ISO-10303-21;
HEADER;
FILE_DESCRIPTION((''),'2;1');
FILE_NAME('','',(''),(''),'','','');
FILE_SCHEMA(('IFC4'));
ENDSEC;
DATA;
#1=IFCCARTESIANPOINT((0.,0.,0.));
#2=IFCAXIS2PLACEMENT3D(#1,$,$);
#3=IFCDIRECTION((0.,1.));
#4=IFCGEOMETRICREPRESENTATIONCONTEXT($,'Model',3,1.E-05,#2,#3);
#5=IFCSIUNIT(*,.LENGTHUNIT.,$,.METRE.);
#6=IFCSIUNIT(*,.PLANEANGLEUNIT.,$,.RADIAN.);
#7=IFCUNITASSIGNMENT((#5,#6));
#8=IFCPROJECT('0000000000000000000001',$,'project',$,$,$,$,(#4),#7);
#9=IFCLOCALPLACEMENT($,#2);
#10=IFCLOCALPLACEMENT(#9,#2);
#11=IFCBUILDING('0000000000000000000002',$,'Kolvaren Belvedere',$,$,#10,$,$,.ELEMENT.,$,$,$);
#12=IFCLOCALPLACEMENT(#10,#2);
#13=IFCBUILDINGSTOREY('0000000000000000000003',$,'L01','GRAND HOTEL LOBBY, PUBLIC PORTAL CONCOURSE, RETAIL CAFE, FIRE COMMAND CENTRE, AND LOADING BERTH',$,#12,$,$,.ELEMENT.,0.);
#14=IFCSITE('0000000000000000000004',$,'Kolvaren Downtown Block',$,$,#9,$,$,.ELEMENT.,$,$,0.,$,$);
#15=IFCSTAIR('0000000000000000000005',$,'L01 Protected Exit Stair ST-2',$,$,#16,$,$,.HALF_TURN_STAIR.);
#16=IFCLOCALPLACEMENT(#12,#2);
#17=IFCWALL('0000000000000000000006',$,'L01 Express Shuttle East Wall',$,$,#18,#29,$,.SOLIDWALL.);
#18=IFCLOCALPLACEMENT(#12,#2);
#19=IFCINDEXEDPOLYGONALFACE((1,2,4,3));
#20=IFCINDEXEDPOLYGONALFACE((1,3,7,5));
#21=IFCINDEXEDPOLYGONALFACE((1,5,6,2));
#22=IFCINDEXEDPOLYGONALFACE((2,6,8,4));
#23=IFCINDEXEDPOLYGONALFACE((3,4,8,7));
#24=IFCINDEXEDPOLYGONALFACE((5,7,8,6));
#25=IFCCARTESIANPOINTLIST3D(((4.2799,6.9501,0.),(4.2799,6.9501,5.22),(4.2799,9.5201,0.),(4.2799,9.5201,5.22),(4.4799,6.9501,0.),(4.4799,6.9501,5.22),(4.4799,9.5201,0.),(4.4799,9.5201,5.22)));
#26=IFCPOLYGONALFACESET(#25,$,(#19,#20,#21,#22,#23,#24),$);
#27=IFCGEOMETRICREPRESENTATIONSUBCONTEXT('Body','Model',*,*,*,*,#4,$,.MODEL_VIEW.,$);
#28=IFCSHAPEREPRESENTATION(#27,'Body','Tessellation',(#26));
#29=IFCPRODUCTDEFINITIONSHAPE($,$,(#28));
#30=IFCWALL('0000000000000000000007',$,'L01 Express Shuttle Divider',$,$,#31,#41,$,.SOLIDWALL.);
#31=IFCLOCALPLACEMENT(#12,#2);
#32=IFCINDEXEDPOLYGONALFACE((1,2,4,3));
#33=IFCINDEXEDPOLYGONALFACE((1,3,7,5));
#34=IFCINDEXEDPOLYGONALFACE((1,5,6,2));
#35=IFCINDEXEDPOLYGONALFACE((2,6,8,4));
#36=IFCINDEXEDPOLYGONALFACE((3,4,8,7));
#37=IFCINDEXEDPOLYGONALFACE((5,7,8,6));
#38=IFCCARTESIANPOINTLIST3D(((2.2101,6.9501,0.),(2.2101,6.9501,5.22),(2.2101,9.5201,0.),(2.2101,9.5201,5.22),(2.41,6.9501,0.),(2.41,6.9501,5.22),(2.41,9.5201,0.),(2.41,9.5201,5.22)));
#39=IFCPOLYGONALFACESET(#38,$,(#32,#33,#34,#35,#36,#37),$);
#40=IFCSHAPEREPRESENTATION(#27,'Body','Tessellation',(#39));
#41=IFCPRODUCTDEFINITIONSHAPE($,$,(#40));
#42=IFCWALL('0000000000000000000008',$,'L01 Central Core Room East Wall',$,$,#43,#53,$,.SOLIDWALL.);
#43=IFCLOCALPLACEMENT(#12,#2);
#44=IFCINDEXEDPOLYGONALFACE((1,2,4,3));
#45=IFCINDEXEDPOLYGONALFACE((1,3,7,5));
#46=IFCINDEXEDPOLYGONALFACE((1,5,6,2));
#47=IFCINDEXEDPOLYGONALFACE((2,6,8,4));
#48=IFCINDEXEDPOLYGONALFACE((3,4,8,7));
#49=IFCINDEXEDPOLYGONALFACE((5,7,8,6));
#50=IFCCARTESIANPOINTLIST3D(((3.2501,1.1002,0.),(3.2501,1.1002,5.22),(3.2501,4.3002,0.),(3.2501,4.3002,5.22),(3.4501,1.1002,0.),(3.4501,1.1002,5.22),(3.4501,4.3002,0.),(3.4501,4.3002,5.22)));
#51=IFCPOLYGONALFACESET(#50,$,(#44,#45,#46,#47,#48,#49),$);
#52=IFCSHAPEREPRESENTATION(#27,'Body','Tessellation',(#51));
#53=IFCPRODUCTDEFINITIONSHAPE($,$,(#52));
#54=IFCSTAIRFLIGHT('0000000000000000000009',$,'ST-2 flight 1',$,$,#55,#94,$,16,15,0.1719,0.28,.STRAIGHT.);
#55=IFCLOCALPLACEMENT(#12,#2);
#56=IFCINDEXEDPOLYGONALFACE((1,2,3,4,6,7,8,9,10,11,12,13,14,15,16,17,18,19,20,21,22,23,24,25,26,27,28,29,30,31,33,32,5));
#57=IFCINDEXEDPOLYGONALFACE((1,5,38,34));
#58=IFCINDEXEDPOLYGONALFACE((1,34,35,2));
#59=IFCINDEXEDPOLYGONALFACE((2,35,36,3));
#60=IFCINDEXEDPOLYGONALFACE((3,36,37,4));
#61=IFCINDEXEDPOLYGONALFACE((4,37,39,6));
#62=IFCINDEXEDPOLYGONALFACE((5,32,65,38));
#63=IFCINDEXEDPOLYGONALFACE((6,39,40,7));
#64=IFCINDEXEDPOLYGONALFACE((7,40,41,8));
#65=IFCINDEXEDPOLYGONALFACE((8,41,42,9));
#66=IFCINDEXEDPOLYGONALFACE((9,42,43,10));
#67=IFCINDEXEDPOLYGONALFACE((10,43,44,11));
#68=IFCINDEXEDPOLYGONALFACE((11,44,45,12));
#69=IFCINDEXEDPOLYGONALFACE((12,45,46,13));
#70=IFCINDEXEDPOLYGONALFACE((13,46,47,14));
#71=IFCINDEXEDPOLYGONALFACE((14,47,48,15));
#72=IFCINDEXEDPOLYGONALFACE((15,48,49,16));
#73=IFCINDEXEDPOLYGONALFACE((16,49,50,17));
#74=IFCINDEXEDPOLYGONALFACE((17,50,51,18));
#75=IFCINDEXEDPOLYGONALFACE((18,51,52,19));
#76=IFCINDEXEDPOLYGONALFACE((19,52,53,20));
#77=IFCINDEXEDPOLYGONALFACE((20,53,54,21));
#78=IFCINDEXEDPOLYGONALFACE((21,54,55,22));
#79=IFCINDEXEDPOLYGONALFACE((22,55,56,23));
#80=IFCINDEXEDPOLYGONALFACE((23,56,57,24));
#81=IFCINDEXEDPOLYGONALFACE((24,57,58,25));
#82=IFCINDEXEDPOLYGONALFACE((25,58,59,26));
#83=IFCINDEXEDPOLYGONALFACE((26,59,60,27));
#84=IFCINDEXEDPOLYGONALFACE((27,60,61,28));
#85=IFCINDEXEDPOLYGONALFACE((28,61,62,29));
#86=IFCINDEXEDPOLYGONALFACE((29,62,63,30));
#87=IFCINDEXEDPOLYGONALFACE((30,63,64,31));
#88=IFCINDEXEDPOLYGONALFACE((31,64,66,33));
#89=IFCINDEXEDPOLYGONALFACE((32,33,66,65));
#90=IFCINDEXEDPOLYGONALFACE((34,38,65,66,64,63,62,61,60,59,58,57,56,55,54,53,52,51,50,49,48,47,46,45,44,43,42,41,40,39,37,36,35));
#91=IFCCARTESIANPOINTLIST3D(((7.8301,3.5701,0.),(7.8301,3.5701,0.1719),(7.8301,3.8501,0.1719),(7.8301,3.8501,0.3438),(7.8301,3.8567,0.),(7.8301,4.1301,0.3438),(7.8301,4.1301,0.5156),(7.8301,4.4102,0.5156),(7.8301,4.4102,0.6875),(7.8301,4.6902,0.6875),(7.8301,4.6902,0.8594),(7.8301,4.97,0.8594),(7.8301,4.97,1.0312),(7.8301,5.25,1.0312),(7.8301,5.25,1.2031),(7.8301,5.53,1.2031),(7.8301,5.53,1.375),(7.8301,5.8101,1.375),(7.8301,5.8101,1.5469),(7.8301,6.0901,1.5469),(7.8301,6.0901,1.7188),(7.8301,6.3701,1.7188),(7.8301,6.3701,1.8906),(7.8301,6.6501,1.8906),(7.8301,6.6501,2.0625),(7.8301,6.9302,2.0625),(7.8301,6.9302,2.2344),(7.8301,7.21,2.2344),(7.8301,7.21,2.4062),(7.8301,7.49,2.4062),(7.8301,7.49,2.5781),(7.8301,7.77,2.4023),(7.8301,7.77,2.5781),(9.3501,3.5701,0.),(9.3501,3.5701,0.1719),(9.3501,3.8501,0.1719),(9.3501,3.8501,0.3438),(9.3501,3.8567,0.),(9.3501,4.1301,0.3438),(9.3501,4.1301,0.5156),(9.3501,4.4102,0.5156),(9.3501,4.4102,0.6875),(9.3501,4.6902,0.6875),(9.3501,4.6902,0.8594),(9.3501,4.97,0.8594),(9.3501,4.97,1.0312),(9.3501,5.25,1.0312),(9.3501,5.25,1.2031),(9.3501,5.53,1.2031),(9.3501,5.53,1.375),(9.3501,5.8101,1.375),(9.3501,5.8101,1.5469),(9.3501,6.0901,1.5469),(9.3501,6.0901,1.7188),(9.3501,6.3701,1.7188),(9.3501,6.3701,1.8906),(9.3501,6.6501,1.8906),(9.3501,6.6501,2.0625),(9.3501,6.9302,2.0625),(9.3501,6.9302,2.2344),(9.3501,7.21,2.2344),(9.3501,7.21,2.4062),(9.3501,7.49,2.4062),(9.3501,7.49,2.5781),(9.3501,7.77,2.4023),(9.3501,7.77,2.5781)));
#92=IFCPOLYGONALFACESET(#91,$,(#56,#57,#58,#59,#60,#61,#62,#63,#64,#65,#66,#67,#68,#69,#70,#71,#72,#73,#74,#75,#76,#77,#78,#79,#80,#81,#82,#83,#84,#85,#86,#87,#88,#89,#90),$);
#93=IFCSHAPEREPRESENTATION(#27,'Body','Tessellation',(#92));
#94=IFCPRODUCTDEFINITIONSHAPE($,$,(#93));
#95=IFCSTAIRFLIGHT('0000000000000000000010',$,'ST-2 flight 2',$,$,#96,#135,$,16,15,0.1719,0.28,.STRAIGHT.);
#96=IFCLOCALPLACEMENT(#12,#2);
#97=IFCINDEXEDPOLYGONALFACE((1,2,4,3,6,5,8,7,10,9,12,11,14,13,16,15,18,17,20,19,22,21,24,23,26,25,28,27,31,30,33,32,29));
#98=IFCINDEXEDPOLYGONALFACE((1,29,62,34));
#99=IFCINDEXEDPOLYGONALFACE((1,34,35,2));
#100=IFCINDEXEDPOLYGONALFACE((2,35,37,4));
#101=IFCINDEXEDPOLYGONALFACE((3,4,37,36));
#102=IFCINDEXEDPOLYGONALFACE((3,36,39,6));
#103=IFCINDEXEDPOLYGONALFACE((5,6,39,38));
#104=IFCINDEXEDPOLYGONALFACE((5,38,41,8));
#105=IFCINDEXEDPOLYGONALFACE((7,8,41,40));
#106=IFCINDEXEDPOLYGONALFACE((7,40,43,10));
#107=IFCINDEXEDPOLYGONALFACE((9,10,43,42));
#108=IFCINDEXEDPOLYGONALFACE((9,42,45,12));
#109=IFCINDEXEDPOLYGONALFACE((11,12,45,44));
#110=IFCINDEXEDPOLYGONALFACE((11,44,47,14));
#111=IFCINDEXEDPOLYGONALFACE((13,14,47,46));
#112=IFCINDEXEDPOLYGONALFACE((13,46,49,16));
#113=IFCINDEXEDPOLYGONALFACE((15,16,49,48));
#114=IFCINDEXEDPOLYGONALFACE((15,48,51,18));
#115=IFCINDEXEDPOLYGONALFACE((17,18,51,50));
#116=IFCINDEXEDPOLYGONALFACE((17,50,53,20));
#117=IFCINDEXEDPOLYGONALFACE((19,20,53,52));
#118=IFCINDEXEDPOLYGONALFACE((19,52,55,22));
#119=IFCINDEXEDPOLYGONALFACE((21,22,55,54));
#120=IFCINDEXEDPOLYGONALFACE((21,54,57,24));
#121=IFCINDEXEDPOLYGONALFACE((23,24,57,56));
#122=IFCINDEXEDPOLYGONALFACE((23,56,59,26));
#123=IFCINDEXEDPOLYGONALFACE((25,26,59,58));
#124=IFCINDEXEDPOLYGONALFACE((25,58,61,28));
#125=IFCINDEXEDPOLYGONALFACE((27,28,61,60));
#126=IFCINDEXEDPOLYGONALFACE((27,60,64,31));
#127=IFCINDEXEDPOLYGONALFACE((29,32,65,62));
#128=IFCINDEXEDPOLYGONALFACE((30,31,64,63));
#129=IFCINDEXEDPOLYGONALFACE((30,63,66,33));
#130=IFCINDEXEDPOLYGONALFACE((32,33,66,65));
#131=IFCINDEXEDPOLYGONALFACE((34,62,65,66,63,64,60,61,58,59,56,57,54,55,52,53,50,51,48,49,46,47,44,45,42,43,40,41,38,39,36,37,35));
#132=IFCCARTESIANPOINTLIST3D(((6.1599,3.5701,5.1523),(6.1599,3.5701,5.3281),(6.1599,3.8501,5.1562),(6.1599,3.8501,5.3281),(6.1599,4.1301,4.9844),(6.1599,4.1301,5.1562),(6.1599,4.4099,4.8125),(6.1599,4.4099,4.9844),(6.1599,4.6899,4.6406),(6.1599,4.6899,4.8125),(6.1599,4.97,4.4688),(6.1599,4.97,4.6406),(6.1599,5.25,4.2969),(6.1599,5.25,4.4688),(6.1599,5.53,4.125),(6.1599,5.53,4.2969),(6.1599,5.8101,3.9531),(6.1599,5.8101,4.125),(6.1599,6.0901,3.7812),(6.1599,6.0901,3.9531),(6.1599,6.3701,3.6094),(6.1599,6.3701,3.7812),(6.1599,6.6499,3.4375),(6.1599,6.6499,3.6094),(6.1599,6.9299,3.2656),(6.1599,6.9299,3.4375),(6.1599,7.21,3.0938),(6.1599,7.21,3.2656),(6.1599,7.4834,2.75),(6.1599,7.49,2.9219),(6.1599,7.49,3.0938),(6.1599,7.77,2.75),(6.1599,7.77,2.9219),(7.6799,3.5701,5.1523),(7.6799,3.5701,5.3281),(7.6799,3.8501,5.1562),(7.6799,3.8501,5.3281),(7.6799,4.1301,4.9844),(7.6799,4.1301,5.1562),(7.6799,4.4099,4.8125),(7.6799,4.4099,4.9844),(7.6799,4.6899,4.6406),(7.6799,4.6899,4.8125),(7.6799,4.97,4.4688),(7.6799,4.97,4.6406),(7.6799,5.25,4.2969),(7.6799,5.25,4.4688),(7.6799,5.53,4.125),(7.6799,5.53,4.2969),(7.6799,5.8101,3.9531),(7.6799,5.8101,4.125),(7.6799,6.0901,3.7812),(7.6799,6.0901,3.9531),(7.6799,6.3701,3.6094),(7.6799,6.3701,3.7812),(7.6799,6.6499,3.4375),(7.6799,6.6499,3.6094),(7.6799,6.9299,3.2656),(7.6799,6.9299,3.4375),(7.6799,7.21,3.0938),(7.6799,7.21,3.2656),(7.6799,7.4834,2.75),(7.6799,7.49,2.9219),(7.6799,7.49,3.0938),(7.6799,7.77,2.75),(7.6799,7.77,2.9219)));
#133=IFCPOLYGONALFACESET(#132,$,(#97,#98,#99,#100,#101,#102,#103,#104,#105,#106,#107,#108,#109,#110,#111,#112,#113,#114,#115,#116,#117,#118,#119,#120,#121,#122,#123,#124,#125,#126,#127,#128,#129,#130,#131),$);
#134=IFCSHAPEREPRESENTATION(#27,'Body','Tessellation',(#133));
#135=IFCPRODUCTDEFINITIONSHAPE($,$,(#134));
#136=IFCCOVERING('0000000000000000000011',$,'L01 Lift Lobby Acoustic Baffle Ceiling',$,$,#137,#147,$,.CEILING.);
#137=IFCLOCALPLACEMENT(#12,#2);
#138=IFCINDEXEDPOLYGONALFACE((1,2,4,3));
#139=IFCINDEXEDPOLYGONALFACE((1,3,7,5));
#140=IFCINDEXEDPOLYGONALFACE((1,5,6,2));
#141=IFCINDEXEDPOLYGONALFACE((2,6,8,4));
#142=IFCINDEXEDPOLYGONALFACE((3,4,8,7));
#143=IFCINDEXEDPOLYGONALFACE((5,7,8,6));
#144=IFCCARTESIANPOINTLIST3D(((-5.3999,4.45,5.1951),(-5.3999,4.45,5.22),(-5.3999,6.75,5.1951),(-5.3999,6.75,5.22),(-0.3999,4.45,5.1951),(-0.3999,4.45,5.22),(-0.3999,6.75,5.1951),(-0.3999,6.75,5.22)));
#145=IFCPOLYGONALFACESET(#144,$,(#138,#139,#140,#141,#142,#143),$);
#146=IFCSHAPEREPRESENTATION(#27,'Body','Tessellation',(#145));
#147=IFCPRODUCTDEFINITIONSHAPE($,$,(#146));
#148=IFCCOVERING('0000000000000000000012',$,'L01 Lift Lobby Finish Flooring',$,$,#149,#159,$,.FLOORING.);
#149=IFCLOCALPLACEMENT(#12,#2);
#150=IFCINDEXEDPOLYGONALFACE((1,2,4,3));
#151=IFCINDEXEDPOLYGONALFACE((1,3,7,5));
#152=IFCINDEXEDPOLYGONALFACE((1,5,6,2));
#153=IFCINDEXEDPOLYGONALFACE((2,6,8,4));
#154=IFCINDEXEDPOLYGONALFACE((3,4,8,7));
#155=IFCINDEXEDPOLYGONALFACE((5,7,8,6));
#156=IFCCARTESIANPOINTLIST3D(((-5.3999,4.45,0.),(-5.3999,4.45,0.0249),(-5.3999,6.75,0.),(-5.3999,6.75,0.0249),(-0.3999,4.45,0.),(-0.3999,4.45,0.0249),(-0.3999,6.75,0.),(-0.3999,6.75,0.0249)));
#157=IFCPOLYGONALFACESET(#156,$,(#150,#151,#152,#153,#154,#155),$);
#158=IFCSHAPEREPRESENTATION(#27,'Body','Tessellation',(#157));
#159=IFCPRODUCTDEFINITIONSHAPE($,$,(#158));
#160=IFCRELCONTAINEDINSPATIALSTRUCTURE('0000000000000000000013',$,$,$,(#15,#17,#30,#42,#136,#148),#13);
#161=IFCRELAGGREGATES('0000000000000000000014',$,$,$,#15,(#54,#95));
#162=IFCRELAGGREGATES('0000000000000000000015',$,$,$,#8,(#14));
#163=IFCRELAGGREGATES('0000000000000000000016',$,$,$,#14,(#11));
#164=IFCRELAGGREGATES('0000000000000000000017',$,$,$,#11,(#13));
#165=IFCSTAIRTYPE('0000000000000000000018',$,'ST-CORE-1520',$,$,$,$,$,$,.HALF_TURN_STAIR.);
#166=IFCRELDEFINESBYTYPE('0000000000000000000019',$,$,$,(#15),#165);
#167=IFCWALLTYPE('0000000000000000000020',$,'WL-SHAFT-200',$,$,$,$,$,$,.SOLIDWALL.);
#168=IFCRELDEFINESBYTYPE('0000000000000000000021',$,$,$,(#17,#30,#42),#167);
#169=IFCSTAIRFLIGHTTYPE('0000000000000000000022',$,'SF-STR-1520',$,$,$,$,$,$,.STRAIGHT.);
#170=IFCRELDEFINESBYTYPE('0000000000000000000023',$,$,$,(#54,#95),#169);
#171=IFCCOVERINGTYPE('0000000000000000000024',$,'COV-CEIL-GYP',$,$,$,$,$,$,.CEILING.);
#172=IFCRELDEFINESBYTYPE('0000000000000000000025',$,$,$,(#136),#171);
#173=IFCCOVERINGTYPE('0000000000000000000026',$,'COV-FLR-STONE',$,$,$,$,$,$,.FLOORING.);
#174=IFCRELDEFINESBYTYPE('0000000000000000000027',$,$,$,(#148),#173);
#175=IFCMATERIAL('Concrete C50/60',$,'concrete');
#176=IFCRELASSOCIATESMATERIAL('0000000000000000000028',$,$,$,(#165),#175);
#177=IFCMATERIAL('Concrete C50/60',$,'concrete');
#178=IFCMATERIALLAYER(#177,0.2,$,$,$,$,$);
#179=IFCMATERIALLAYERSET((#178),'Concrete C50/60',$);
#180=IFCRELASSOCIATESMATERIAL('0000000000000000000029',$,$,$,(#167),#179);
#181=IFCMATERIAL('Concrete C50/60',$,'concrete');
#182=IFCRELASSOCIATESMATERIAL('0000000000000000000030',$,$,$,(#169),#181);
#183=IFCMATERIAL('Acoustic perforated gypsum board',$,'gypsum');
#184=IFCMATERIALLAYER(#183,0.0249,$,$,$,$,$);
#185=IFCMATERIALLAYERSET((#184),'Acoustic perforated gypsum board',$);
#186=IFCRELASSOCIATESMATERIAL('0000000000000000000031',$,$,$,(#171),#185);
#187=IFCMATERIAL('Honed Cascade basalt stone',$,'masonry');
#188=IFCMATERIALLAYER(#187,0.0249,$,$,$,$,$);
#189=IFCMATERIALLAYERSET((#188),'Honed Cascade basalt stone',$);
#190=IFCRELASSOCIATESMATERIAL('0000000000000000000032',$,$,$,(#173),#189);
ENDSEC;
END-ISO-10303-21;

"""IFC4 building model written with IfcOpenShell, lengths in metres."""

from ifc_helpers import new_model, si_unit, direction, frame, frame_2d, origin, place, context, subcontext, project, spatial, polyline, rectangle, outline, extrude, material, layer, layer_set, type_object, element, aggregate, save


model = new_model("IFC4")

# Units and contexts
model_context = context("Model", 3, precision=1e-05, world=origin(), true_north=direction((0.0, 1.0)))
body_context = subcontext(model_context, "Body", "Model", "MODEL_VIEW")
ifc_project = project(units=[si_unit("LENGTHUNIT", "METRE"), si_unit("PLANEANGLEUNIT", "RADIAN")], contexts=[model_context])

# Site, building, storey
site_placement = place(None, origin())
site = spatial("IfcSite", under=ifc_project, at=site_placement, Name="Kolvaren Downtown Block", CompositionType="ELEMENT", RefElevation=0.0)
building_placement = place(site_placement, origin())
building = spatial("IfcBuilding", under=site, at=building_placement, Name="Kolvaren Belvedere", CompositionType="ELEMENT")
storey_placement = place(building_placement, origin())
storey = spatial("IfcBuildingStorey", under=building, at=storey_placement, Name="L01", Description="GRAND HOTEL LOBBY, PUBLIC PORTAL CONCOURSE, RETAIL CAFE, FIRE COMMAND CENTRE, AND LOADING BERTH", CompositionType="ELEMENT", Elevation=0.0)

# Stair
ifc_material_1 = material(Name="Concrete C50/60", Category="concrete")
stair_type_1 = type_object("IfcStairType", Name="ST-CORE-1520", PredefinedType="HALF_TURN_STAIR", material=ifc_material_1)
stair_1_placement = place(storey_placement, origin())
stair_1 = element("IfcStair", 1, at=stair_1_placement, inside=storey, type_object=stair_type_1, Name="L01 Protected Exit Stair ST-2", PredefinedType="HALF_TURN_STAIR")

# Shared definitions
ifc_material_2 = material(Name="Concrete C50/60", Category="concrete")
ifc_layer_1 = layer(ifc_material_2, 0.2)
ifc_layer_set_1 = layer_set([ifc_layer_1], Name="Concrete C50/60")
wall_type_1 = type_object("IfcWallType", Name="WL-SHAFT-200", PredefinedType="SOLIDWALL", material=ifc_layer_set_1)

# Walls
for number, where, z_axis, x_axis, name in (
    (2, (4.3799, 6.95, 0.0), (0.0, 0.0, 1.0), (0.0, 1.0, 0.0), "L01 Express Shuttle East Wall"),
    (3, (2.3101, 6.95, 0.0), (0.0, 0.0, 1.0), (0.0, 1.0, 0.0), "L01 Express Shuttle Divider"),
):
    element("IfcWall", number, at=place(storey_placement, frame(where, z_axis=z_axis, x_axis=x_axis)), inside=storey, type_object=wall_type_1, Name=name, PredefinedType="SOLIDWALL", context=body_context, shape_type="SweptSolid", body=[
        extrude(rectangle(XDim=2.5701, YDim=0.2, at=frame_2d((1.2852, 0.0))), origin(), (0.0, 0.0, 1.0), 5.22),
    ])
wall_1_placement = place(storey_placement, frame((3.3501, 1.1001, 0.0), z_axis=(0.0, 0.0, 1.0), x_axis=(0.0, 1.0, 0.0)))
element("IfcWall", 4, at=wall_1_placement, inside=storey, type_object=wall_type_1, Name="L01 Central Core Room East Wall", PredefinedType="SOLIDWALL", context=body_context, shape_type="SweptSolid", body=[
    extrude(rectangle(XDim=3.2, YDim=0.2, at=frame_2d((1.6001, 0.0))), origin(), (0.0, 0.0, 1.0), 5.22),
])

# Stair flights
ifc_material_3 = material(Name="Concrete C50/60", Category="concrete")
stair_flight_type = type_object("IfcStairFlightType", Name="SF-STR-1520", PredefinedType="STRAIGHT", material=ifc_material_3)
stair_flight_1_placement = place(storey_placement, frame((8.5901, 3.5701, 0.0), z_axis=(0.0, 0.0, 1.0), x_axis=(0.0, 1.0, 0.0)))
stair_flight_1 = element("IfcStairFlight", 5, at=stair_flight_1_placement, type_object=stair_flight_type, Name="ST-2 flight 1", NumberOfRisers=16, NumberOfTreads=15, PredefinedType="STRAIGHT", RiserHeight=0.1719, TreadLength=0.28, context=body_context, shape_type="SweptSolid", body=[
    extrude(outline(polyline([(0.0, 0.0), (0.0, 0.1719), (0.28, 0.1719), (0.28, 0.3438), (0.5601, 0.3438), (0.5601, 0.5156), (0.8401, 0.5156), (0.8401, 0.6875), (1.1201, 0.6875), (1.1201, 0.8594), (1.3999, 0.8594), (1.3999, 1.0312), (1.6799, 1.0312), (1.6799, 1.2031), (1.96, 1.2031), (1.96, 1.375), (2.24, 1.375), (2.24, 1.5469), (2.52, 1.5469), (2.52, 1.7188), (2.8, 1.7188), (2.8, 1.8906), (3.0801, 1.8906), (3.0801, 2.0625), (3.3601, 2.0625), (3.3601, 2.2344), (3.6399, 2.2344), (3.6399, 2.4062), (3.9199, 2.4062), (3.9199, 2.5781), (4.2, 2.5781), (4.2, 2.75), (4.2, 2.4023), (0.2866, 0.0), (0.0, 0.0)])), frame((0.0, 0.76, 0.0), z_axis=(0.0, -1.0, 0.0), x_axis=(1.0, 0.0, 0.0)), (0.0, 0.0, 1.0), 1.52),
])
stair_flight_2_placement = place(storey_placement, frame((6.9199, 7.77, 2.75), z_axis=(0.0, 0.0, 1.0), x_axis=(0.0, -1.0, 0.0)))
stair_flight_2 = element("IfcStairFlight", 6, at=stair_flight_2_placement, type_object=stair_flight_type, Name="ST-2 flight 2", NumberOfRisers=16, NumberOfTreads=15, PredefinedType="STRAIGHT", RiserHeight=0.1719, TreadLength=0.28, context=body_context, shape_type="SweptSolid", body=[
    extrude(outline(polyline([(0.0, 0.0), (0.0, 0.1719), (0.28, 0.1719), (0.28, 0.3438), (0.5601, 0.3438), (0.5601, 0.5156), (0.8401, 0.5156), (0.8401, 0.6875), (1.1201, 0.6875), (1.1201, 0.8594), (1.3999, 0.8594), (1.3999, 1.0312), (1.6799, 1.0312), (1.6799, 1.2031), (1.96, 1.2031), (1.96, 1.375), (2.24, 1.375), (2.24, 1.5469), (2.52, 1.5469), (2.52, 1.7188), (2.8, 1.7188), (2.8, 1.8906), (3.0801, 1.8906), (3.0801, 2.0625), (3.3601, 2.0625), (3.3601, 2.2344), (3.6399, 2.2344), (3.6399, 2.4062), (3.9199, 2.4062), (3.9199, 2.5781), (4.2, 2.5781), (4.2, 2.75), (4.2, 2.4023), (0.2866, 0.0), (0.0, 0.0)])), frame((0.0, 0.76, 0.0), z_axis=(0.0, -1.0, 0.0), x_axis=(1.0, 0.0, 0.0)), (0.0, 0.0, 1.0), 1.52),
])
aggregate(stair_1, [stair_flight_1, stair_flight_2])

# Coverings
ifc_material_4 = material(Name="Acoustic perforated gypsum board", Category="gypsum")
ifc_layer_2 = layer(ifc_material_4, 0.0249)
ifc_layer_set_2 = layer_set([ifc_layer_2], Name="Acoustic perforated gypsum board")
covering_type_1 = type_object("IfcCoveringType", Name="COV-CEIL-GYP", PredefinedType="CEILING", material=ifc_layer_set_2)
covering_1_placement = place(storey_placement, frame((0.0, 0.0, 5.1951)))
element("IfcCovering", 7, at=covering_1_placement, inside=storey, type_object=covering_type_1, Name="L01 Lift Lobby Acoustic Baffle Ceiling", PredefinedType="CEILING", context=body_context, shape_type="SweptSolid", body=[
    extrude(outline(polyline([(-5.3999, 4.45), (-0.3999, 4.45), (-0.3999, 6.75), (-5.3999, 6.75), (-5.3999, 4.45)])), origin(), (0.0, 0.0, 1.0), 0.0249),
])
ifc_material_5 = material(Name="Honed Cascade basalt stone", Category="masonry")
ifc_layer_3 = layer(ifc_material_5, 0.0249)
ifc_layer_set_3 = layer_set([ifc_layer_3], Name="Honed Cascade basalt stone")
covering_type_2 = type_object("IfcCoveringType", Name="COV-FLR-STONE", PredefinedType="FLOORING", material=ifc_layer_set_3)
covering_2_placement = place(storey_placement, origin())
element("IfcCovering", 8, at=covering_2_placement, inside=storey, type_object=covering_type_2, Name="L01 Lift Lobby Finish Flooring", PredefinedType="FLOORING", context=body_context, shape_type="SweptSolid", body=[
    extrude(outline(polyline([(-5.3999, 4.45), (-0.3999, 4.45), (-0.3999, 6.75), (-5.3999, 6.75), (-5.3999, 4.45)])), origin(), (0.0, 0.0, 1.0), 0.0249),
])

save(model, "model.ifc")
